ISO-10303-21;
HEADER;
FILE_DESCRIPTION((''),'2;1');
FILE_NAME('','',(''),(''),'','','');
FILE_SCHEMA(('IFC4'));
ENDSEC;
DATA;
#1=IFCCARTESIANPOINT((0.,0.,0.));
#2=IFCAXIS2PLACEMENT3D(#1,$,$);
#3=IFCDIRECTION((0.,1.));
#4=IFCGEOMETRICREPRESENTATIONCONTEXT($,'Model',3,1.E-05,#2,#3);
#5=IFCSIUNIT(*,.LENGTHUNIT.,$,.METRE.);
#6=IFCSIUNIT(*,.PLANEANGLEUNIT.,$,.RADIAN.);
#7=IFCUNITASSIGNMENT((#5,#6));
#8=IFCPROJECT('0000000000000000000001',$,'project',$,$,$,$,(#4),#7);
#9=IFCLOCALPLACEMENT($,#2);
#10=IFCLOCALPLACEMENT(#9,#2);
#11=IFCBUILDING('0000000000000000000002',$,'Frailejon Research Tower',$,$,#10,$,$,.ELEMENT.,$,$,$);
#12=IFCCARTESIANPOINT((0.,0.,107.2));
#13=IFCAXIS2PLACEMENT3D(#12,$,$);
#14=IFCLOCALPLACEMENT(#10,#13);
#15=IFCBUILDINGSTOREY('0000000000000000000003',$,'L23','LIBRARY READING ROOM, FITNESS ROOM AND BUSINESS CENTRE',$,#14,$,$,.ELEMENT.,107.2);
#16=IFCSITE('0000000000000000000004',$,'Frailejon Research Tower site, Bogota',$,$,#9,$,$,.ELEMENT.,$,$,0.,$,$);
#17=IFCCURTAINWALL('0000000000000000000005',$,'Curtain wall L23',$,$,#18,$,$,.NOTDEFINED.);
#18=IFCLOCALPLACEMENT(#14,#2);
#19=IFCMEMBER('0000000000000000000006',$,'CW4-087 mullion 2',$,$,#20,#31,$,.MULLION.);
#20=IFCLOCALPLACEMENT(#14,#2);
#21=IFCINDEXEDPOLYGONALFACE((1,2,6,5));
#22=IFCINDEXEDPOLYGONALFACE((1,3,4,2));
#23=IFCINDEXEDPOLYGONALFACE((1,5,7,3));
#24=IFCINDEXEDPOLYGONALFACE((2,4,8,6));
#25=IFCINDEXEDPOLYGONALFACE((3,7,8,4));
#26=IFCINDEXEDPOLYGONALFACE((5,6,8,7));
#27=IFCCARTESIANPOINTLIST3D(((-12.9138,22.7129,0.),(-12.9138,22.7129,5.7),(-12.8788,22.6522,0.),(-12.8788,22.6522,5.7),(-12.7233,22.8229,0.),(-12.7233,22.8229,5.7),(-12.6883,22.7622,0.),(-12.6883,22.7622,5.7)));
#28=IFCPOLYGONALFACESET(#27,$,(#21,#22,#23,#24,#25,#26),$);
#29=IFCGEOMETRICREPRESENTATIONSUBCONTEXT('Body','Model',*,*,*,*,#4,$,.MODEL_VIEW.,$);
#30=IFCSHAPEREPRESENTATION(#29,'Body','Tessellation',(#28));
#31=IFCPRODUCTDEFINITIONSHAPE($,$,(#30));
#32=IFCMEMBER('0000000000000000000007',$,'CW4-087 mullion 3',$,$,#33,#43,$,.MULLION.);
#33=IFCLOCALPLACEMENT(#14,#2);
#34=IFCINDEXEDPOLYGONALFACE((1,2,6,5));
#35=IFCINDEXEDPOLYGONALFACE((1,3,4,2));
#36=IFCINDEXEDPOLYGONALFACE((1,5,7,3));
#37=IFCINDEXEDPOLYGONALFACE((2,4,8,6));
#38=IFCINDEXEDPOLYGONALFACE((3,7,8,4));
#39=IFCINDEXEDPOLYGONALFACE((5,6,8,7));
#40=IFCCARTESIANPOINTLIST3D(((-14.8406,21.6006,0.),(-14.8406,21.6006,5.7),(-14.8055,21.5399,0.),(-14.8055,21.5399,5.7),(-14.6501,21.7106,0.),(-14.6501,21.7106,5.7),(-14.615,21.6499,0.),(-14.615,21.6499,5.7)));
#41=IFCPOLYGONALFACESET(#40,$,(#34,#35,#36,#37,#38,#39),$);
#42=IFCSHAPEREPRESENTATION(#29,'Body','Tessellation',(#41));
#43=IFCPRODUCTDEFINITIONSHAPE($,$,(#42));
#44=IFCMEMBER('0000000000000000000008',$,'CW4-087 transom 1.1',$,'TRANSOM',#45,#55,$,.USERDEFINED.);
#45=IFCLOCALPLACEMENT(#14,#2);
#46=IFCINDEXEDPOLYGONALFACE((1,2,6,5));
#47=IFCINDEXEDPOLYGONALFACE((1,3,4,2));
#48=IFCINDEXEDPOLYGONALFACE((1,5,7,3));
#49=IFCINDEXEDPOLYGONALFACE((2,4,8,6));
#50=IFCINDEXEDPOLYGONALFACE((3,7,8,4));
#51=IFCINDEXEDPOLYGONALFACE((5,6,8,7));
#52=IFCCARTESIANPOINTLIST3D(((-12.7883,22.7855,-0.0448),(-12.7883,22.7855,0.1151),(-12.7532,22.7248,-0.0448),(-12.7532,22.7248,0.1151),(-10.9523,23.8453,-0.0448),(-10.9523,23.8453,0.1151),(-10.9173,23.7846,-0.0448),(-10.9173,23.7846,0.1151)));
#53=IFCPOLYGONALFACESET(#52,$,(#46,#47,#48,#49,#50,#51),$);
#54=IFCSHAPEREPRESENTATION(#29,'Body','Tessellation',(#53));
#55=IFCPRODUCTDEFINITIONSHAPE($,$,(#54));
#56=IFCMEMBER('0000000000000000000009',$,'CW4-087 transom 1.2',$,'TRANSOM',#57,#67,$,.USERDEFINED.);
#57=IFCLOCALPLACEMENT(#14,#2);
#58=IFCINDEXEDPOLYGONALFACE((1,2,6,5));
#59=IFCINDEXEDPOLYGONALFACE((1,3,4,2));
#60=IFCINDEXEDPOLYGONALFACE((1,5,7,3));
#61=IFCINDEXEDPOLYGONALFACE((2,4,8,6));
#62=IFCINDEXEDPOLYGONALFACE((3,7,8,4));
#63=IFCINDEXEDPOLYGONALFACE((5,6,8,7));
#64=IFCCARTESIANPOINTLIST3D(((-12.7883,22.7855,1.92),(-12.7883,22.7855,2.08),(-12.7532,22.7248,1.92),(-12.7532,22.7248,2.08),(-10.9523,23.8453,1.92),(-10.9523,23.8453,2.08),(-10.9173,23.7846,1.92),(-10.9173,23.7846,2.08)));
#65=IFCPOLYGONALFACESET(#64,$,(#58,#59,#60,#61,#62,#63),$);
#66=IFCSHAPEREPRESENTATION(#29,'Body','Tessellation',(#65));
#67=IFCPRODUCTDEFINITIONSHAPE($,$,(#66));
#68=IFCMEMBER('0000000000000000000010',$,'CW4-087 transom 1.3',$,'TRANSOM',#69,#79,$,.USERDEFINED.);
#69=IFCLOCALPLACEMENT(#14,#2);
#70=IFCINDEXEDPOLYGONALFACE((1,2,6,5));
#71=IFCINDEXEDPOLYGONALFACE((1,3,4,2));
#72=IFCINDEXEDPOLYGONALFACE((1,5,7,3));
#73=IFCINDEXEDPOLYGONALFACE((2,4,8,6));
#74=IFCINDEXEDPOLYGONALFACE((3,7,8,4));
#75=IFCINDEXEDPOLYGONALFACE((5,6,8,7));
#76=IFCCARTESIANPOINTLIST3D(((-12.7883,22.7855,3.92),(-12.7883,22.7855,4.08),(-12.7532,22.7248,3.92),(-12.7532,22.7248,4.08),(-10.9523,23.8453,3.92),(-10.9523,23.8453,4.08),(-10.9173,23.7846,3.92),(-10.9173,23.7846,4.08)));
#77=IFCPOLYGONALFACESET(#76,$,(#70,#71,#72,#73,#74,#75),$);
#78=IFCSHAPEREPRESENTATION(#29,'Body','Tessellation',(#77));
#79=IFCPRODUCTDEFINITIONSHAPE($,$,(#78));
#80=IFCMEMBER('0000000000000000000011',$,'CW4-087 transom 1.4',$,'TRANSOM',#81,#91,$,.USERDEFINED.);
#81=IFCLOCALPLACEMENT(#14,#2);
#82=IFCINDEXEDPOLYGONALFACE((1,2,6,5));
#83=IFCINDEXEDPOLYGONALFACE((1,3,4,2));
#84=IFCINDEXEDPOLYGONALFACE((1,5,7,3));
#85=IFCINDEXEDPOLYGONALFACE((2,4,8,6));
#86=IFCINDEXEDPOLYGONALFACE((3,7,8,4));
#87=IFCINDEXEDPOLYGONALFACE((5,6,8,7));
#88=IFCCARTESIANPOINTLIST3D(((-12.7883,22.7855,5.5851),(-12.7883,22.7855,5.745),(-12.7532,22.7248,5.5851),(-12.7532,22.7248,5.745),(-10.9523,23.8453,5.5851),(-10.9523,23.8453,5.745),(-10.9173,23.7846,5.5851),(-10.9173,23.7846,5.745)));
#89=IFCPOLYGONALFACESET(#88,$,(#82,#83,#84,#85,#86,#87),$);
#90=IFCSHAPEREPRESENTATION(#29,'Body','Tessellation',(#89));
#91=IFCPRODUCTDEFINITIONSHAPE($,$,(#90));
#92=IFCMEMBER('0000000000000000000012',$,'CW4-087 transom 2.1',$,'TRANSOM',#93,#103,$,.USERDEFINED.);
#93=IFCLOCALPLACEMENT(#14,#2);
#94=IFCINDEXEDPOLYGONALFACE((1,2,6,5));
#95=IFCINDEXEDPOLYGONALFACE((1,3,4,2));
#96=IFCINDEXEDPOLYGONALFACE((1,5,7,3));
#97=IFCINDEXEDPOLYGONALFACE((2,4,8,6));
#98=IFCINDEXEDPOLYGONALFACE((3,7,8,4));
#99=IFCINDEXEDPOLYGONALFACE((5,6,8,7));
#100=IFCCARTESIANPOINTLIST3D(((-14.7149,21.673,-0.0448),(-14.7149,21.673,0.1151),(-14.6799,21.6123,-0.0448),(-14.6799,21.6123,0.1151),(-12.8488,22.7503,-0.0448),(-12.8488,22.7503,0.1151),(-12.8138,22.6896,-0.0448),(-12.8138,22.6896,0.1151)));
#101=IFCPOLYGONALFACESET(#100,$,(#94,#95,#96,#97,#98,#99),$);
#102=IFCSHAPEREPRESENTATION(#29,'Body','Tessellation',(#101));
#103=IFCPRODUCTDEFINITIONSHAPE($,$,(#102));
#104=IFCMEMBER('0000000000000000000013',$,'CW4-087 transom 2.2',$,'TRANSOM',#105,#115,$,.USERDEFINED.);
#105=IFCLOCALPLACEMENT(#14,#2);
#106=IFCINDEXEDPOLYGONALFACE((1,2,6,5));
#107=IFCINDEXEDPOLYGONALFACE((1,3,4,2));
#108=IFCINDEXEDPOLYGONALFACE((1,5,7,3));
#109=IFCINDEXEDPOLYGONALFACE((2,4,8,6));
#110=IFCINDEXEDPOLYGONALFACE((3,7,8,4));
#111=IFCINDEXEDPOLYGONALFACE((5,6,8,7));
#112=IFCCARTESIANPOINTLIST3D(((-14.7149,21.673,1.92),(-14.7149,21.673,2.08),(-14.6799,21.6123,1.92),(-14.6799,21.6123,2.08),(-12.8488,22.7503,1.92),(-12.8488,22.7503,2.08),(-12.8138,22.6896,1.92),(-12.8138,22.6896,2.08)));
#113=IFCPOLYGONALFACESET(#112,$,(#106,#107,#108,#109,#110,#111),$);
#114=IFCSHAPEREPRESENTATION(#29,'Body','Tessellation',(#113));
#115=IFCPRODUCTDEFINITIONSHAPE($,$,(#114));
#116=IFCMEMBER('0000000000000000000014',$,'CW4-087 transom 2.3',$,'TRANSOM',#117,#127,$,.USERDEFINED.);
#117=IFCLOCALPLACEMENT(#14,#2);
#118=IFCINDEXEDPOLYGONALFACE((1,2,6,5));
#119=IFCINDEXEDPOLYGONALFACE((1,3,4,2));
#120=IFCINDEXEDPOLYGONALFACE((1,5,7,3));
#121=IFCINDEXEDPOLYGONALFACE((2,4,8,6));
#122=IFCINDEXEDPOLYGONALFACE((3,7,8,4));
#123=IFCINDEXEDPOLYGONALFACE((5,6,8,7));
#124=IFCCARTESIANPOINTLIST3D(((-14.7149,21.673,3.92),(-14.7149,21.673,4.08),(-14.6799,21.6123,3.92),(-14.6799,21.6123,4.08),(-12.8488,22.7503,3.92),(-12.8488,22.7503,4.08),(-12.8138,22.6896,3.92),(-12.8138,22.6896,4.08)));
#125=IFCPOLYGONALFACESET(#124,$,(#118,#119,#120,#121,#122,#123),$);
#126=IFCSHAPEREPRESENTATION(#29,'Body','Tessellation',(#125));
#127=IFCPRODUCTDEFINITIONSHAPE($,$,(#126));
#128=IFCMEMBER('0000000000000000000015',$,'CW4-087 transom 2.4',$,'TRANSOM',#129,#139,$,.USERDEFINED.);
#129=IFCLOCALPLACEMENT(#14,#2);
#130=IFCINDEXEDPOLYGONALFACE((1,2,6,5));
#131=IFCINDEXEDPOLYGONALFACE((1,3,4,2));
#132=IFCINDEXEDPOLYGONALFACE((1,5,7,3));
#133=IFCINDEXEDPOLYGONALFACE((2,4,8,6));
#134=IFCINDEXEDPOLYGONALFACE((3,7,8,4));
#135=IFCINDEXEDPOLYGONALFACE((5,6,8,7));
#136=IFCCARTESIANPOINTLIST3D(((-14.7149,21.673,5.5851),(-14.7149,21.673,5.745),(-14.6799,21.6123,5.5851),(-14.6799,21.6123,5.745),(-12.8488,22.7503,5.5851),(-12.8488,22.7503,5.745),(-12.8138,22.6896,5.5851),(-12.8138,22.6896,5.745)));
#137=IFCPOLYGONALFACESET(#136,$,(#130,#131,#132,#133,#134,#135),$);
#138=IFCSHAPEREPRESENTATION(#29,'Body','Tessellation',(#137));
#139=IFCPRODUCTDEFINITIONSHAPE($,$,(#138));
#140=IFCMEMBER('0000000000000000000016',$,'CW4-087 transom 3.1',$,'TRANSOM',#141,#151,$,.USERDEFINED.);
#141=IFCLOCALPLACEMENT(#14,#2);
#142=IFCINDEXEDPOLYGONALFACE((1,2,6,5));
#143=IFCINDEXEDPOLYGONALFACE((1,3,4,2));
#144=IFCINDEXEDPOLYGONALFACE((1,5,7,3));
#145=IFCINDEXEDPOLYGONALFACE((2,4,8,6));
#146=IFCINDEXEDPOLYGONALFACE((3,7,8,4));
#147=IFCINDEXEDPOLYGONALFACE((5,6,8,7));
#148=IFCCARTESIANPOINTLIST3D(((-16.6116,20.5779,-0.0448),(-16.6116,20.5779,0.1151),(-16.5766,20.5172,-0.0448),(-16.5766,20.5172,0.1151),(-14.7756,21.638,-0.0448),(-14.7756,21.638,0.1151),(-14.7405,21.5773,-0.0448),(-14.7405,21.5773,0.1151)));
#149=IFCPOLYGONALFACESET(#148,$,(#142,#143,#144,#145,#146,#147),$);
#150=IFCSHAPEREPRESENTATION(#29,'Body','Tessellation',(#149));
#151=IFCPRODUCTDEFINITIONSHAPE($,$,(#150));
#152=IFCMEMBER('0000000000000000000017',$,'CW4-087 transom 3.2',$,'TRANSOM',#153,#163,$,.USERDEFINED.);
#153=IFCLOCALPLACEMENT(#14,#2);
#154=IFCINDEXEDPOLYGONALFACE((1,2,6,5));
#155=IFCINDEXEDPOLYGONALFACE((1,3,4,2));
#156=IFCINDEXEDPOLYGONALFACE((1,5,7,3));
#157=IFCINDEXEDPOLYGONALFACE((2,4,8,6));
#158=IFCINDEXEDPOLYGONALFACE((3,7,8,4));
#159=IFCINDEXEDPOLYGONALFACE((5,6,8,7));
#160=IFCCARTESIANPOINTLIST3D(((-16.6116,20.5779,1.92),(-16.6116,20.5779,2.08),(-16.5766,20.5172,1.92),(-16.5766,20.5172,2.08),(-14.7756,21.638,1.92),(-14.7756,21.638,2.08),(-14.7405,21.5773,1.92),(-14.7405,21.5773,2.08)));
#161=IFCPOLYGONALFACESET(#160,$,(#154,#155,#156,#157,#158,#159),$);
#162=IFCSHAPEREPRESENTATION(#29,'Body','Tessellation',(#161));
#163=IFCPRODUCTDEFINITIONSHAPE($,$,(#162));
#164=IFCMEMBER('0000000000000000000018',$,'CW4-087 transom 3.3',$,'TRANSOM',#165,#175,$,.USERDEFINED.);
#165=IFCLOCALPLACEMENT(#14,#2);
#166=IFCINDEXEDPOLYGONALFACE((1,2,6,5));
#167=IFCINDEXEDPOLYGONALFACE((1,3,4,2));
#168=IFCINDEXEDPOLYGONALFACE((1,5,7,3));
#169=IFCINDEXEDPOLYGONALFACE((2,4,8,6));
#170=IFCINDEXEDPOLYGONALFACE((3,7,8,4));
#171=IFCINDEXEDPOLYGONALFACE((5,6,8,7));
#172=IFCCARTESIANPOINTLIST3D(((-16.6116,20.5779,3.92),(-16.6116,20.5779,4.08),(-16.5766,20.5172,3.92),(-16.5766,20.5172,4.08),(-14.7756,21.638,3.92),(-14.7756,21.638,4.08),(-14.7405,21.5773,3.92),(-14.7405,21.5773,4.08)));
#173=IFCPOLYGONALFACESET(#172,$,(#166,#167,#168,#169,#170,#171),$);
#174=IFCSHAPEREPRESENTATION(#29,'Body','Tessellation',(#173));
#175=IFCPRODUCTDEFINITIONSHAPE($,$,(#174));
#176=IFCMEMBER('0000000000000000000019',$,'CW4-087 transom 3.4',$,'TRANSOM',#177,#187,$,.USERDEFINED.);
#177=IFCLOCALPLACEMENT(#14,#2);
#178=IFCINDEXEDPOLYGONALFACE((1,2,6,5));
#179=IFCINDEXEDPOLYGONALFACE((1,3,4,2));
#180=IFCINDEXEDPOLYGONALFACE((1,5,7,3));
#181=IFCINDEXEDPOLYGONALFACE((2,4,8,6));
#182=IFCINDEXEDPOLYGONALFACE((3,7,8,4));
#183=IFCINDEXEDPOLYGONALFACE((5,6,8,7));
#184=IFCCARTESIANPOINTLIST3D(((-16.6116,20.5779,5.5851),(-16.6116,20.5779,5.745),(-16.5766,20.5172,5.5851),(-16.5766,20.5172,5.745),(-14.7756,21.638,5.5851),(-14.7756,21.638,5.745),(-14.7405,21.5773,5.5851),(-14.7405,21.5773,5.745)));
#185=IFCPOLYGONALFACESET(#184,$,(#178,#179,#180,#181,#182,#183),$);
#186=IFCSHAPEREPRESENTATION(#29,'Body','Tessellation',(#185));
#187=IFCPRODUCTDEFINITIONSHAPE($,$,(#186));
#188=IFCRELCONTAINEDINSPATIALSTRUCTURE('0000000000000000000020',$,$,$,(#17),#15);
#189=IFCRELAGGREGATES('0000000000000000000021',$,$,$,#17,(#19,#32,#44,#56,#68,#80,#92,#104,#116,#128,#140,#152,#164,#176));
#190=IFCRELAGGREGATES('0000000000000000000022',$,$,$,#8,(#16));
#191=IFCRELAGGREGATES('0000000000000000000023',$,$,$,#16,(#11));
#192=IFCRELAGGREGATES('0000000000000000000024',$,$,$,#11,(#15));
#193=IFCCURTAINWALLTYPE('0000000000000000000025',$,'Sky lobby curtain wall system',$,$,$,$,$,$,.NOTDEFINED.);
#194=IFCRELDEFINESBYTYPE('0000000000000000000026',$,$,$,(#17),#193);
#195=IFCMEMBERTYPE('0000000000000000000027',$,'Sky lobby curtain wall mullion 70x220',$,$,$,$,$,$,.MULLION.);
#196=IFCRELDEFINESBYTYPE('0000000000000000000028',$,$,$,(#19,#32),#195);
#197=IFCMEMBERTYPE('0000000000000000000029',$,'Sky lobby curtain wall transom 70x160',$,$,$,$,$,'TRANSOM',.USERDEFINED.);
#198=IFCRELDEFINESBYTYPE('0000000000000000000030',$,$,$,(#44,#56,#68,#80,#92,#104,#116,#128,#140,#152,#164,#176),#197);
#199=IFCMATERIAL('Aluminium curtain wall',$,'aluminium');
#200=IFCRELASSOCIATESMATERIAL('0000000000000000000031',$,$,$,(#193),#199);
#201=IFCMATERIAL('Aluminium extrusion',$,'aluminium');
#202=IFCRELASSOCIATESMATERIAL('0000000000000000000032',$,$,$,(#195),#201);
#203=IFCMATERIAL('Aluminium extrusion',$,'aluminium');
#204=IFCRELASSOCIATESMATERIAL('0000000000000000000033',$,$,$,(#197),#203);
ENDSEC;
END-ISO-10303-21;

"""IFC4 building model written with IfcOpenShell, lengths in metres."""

from ifc_helpers import new_model, si_unit, direction, frame, origin, origin_2d, place, context, subcontext, project, spatial, rectangle, extrude, material, material_profile, profile_set, type_object, element, aggregate, save


model = new_model("IFC4")

# Units and contexts
model_context = context("Model", 3, precision=1e-05, world=origin(), true_north=direction((0.0, 1.0)))
body_context = subcontext(model_context, "Body", "Model", "MODEL_VIEW")
ifc_project = project(units=[si_unit("LENGTHUNIT", "METRE"), si_unit("PLANEANGLEUNIT", "RADIAN")], contexts=[model_context])

# Site, building, storey
site_placement = place(None, origin())
site = spatial("IfcSite", under=ifc_project, at=site_placement, Name="Frailejon Research Tower site, Bogota", CompositionType="ELEMENT", RefElevation=0.0)
building_placement = place(site_placement, origin())
building = spatial("IfcBuilding", under=site, at=building_placement, Name="Frailejon Research Tower", CompositionType="ELEMENT")
storey_placement = place(building_placement, frame((0.0, 0.0, 107.2)))
storey = spatial("IfcBuildingStorey", under=building, at=storey_placement, Name="L23", Description="LIBRARY READING ROOM, FITNESS ROOM AND BUSINESS CENTRE", CompositionType="ELEMENT", Elevation=107.2)

# Curtain wall, members
ifc_material_1 = material(Name="Aluminium curtain wall", Category="aluminium")
curtain_wall_type = type_object("IfcCurtainWallType", Name="Sky lobby curtain wall system", PredefinedType="NOTDEFINED", material=ifc_material_1)
curtain_wall_placement = place(storey_placement, origin())
curtain_wall = element("IfcCurtainWall", 1, at=curtain_wall_placement, inside=storey, type_object=curtain_wall_type, Name="Curtain wall L23", PredefinedType="NOTDEFINED")
ifc_material_2 = material(Name="Aluminium extrusion", Category="aluminium")
ifc_material_profile_1 = material_profile(ifc_material_2, rectangle(XDim=0.0701, YDim=0.22, at=origin_2d()), Name="Sky lobby curtain wall mullion 70x220")
ifc_profile_set_1 = profile_set([ifc_material_profile_1], Name="Aluminium extrusion")
member_type_1 = type_object("IfcMemberType", Name="Sky lobby curtain wall mullion 70x220", PredefinedType="MULLION", material=ifc_profile_set_1)
member_1_placement = place(storey_placement, frame((-12.801, 22.7375, 0.0), z_axis=(0.0, 0.0, 1.0), x_axis=(0.499998, -0.866026, 0.0)))
member_1 = element("IfcMember", 2, at=member_1_placement, type_object=member_type_1, Name="CW4-087 mullion 2", PredefinedType="MULLION", context=body_context, shape_type="SweptSolid", body=[
    extrude(rectangle(XDim=0.0701, YDim=0.22, at=origin_2d()), origin(), (0.0, 0.0, 1.0), 5.7),
])
member_2_placement = place(storey_placement, frame((-14.7278, 21.6252, 0.0), z_axis=(0.0, 0.0, 1.0), x_axis=(0.499998, -0.866026, 0.0)))
member_2 = element("IfcMember", 3, at=member_2_placement, type_object=member_type_1, Name="CW4-087 mullion 3", PredefinedType="MULLION", context=body_context, shape_type="SweptSolid", body=[
    extrude(rectangle(XDim=0.0701, YDim=0.22, at=origin_2d()), origin(), (0.0, 0.0, 1.0), 5.7),
])
ifc_material_3 = material(Name="Aluminium extrusion", Category="aluminium")
ifc_material_profile_2 = material_profile(ifc_material_3, rectangle(XDim=0.0701, YDim=0.1599, at=origin_2d()), Name="Sky lobby curtain wall transom 70x160")
ifc_profile_set_2 = profile_set([ifc_material_profile_2], Name="Aluminium extrusion")
member_type_2 = type_object("IfcMemberType", Name="Sky lobby curtain wall transom 70x160", ElementType="TRANSOM", PredefinedType="USERDEFINED", material=ifc_profile_set_2)
member_3_placement = place(storey_placement, frame((-10.9348, 23.8149, 0.0352), z_axis=(-0.866059, -0.499942, 0.0), x_axis=(0.499942, -0.866059, 0.0)))
member_3 = element("IfcMember", 4, at=member_3_placement, type_object=member_type_2, Name="CW4-087 transom 1.1", ObjectType="TRANSOM", PredefinedType="USERDEFINED", context=body_context, shape_type="SweptSolid", body=[
    extrude(rectangle(XDim=0.0701, YDim=0.1599, at=origin_2d()), origin(), (0.0, 0.0, 1.0), 2.1199),
])
member_4_placement = place(storey_placement, frame((-10.9348, 23.8149, 2.0), z_axis=(-0.866059, -0.499942, 0.0), x_axis=(0.499942, -0.866059, 0.0)))
member_4 = element("IfcMember", 5, at=member_4_placement, type_object=member_type_2, Name="CW4-087 transom 1.2", ObjectType="TRANSOM", PredefinedType="USERDEFINED", context=body_context, shape_type="SweptSolid", body=[
    extrude(rectangle(XDim=0.0701, YDim=0.1599, at=origin_2d()), origin(), (0.0, 0.0, 1.0), 2.1199),
])
member_5_placement = place(storey_placement, frame((-10.9348, 23.8149, 4.0), z_axis=(-0.866059, -0.499942, 0.0), x_axis=(0.499942, -0.866059, 0.0)))
member_5 = element("IfcMember", 6, at=member_5_placement, type_object=member_type_2, Name="CW4-087 transom 1.3", ObjectType="TRANSOM", PredefinedType="USERDEFINED", context=body_context, shape_type="SweptSolid", body=[
    extrude(rectangle(XDim=0.0701, YDim=0.1599, at=origin_2d()), origin(), (0.0, 0.0, 1.0), 2.1199),
])
member_6_placement = place(storey_placement, frame((-10.9348, 23.8149, 5.665), z_axis=(-0.866059, -0.499942, 0.0), x_axis=(0.499942, -0.866059, 0.0)))
member_6 = element("IfcMember", 7, at=member_6_placement, type_object=member_type_2, Name="CW4-087 transom 1.4", ObjectType="TRANSOM", PredefinedType="USERDEFINED", context=body_context, shape_type="SweptSolid", body=[
    extrude(rectangle(XDim=0.0701, YDim=0.1599, at=origin_2d()), origin(), (0.0, 0.0, 1.0), 2.1199),
])
member_7_placement = place(storey_placement, frame((-12.8313, 22.72, 0.0352), z_axis=(-0.866038, -0.499977, 0.0), x_axis=(0.499977, -0.866038, 0.0)))
member_7 = element("IfcMember", 8, at=member_7_placement, type_object=member_type_2, Name="CW4-087 transom 2.1", ObjectType="TRANSOM", PredefinedType="USERDEFINED", context=body_context, shape_type="SweptSolid", body=[
    extrude(rectangle(XDim=0.0701, YDim=0.1599, at=origin_2d()), origin(), (0.0, 0.0, 1.0), 2.1548),
])
member_8_placement = place(storey_placement, frame((-12.8313, 22.72, 2.0), z_axis=(-0.866038, -0.499977, 0.0), x_axis=(0.499977, -0.866038, 0.0)))
member_8 = element("IfcMember", 9, at=member_8_placement, type_object=member_type_2, Name="CW4-087 transom 2.2", ObjectType="TRANSOM", PredefinedType="USERDEFINED", context=body_context, shape_type="SweptSolid", body=[
    extrude(rectangle(XDim=0.0701, YDim=0.1599, at=origin_2d()), origin(), (0.0, 0.0, 1.0), 2.1548),
])
member_9_placement = place(storey_placement, frame((-12.8313, 22.72, 4.0), z_axis=(-0.866038, -0.499977, 0.0), x_axis=(0.499977, -0.866038, 0.0)))
member_9 = element("IfcMember", 10, at=member_9_placement, type_object=member_type_2, Name="CW4-087 transom 2.3", ObjectType="TRANSOM", PredefinedType="USERDEFINED", context=body_context, shape_type="SweptSolid", body=[
    extrude(rectangle(XDim=0.0701, YDim=0.1599, at=origin_2d()), origin(), (0.0, 0.0, 1.0), 2.1548),
])
member_10_placement = place(storey_placement, frame((-12.8313, 22.72, 5.665), z_axis=(-0.866038, -0.499977, 0.0), x_axis=(0.499977, -0.866038, 0.0)))
member_10 = element("IfcMember", 11, at=member_10_placement, type_object=member_type_2, Name="CW4-087 transom 2.4", ObjectType="TRANSOM", PredefinedType="USERDEFINED", context=body_context, shape_type="SweptSolid", body=[
    extrude(rectangle(XDim=0.0701, YDim=0.1599, at=origin_2d()), origin(), (0.0, 0.0, 1.0), 2.1548),
])
member_11_placement = place(storey_placement, frame((-14.7581, 21.6077, 0.0352), z_axis=(-0.866009, -0.500028, 0.0), x_axis=(0.500028, -0.866009, 0.0)))
member_11 = element("IfcMember", 12, at=member_11_placement, type_object=member_type_2, Name="CW4-087 transom 3.1", ObjectType="TRANSOM", PredefinedType="USERDEFINED", context=body_context, shape_type="SweptSolid", body=[
    extrude(rectangle(XDim=0.0701, YDim=0.1599, at=origin_2d()), origin(), (0.0, 0.0, 1.0), 2.1201),
])
member_12_placement = place(storey_placement, frame((-14.7581, 21.6077, 2.0), z_axis=(-0.866009, -0.500028, 0.0), x_axis=(0.500028, -0.866009, 0.0)))
member_12 = element("IfcMember", 13, at=member_12_placement, type_object=member_type_2, Name="CW4-087 transom 3.2", ObjectType="TRANSOM", PredefinedType="USERDEFINED", context=body_context, shape_type="SweptSolid", body=[
    extrude(rectangle(XDim=0.0701, YDim=0.1599, at=origin_2d()), origin(), (0.0, 0.0, 1.0), 2.1201),
])
member_13_placement = place(storey_placement, frame((-14.7581, 21.6077, 4.0), z_axis=(-0.866009, -0.500028, 0.0), x_axis=(0.500028, -0.866009, 0.0)))
member_13 = element("IfcMember", 14, at=member_13_placement, type_object=member_type_2, Name="CW4-087 transom 3.3", ObjectType="TRANSOM", PredefinedType="USERDEFINED", context=body_context, shape_type="SweptSolid", body=[
    extrude(rectangle(XDim=0.0701, YDim=0.1599, at=origin_2d()), origin(), (0.0, 0.0, 1.0), 2.1201),
])
member_14_placement = place(storey_placement, frame((-14.7581, 21.6077, 5.665), z_axis=(-0.866009, -0.500028, 0.0), x_axis=(0.500028, -0.866009, 0.0)))
member_14 = element("IfcMember", 15, at=member_14_placement, type_object=member_type_2, Name="CW4-087 transom 3.4", ObjectType="TRANSOM", PredefinedType="USERDEFINED", context=body_context, shape_type="SweptSolid", body=[
    extrude(rectangle(XDim=0.0701, YDim=0.1599, at=origin_2d()), origin(), (0.0, 0.0, 1.0), 2.1201),
])
aggregate(curtain_wall, [member_1, member_2, member_3, member_4, member_5, member_6, member_7, member_8, member_9, member_10, member_11, member_12, member_13, member_14])

save(model, "model.ifc")
